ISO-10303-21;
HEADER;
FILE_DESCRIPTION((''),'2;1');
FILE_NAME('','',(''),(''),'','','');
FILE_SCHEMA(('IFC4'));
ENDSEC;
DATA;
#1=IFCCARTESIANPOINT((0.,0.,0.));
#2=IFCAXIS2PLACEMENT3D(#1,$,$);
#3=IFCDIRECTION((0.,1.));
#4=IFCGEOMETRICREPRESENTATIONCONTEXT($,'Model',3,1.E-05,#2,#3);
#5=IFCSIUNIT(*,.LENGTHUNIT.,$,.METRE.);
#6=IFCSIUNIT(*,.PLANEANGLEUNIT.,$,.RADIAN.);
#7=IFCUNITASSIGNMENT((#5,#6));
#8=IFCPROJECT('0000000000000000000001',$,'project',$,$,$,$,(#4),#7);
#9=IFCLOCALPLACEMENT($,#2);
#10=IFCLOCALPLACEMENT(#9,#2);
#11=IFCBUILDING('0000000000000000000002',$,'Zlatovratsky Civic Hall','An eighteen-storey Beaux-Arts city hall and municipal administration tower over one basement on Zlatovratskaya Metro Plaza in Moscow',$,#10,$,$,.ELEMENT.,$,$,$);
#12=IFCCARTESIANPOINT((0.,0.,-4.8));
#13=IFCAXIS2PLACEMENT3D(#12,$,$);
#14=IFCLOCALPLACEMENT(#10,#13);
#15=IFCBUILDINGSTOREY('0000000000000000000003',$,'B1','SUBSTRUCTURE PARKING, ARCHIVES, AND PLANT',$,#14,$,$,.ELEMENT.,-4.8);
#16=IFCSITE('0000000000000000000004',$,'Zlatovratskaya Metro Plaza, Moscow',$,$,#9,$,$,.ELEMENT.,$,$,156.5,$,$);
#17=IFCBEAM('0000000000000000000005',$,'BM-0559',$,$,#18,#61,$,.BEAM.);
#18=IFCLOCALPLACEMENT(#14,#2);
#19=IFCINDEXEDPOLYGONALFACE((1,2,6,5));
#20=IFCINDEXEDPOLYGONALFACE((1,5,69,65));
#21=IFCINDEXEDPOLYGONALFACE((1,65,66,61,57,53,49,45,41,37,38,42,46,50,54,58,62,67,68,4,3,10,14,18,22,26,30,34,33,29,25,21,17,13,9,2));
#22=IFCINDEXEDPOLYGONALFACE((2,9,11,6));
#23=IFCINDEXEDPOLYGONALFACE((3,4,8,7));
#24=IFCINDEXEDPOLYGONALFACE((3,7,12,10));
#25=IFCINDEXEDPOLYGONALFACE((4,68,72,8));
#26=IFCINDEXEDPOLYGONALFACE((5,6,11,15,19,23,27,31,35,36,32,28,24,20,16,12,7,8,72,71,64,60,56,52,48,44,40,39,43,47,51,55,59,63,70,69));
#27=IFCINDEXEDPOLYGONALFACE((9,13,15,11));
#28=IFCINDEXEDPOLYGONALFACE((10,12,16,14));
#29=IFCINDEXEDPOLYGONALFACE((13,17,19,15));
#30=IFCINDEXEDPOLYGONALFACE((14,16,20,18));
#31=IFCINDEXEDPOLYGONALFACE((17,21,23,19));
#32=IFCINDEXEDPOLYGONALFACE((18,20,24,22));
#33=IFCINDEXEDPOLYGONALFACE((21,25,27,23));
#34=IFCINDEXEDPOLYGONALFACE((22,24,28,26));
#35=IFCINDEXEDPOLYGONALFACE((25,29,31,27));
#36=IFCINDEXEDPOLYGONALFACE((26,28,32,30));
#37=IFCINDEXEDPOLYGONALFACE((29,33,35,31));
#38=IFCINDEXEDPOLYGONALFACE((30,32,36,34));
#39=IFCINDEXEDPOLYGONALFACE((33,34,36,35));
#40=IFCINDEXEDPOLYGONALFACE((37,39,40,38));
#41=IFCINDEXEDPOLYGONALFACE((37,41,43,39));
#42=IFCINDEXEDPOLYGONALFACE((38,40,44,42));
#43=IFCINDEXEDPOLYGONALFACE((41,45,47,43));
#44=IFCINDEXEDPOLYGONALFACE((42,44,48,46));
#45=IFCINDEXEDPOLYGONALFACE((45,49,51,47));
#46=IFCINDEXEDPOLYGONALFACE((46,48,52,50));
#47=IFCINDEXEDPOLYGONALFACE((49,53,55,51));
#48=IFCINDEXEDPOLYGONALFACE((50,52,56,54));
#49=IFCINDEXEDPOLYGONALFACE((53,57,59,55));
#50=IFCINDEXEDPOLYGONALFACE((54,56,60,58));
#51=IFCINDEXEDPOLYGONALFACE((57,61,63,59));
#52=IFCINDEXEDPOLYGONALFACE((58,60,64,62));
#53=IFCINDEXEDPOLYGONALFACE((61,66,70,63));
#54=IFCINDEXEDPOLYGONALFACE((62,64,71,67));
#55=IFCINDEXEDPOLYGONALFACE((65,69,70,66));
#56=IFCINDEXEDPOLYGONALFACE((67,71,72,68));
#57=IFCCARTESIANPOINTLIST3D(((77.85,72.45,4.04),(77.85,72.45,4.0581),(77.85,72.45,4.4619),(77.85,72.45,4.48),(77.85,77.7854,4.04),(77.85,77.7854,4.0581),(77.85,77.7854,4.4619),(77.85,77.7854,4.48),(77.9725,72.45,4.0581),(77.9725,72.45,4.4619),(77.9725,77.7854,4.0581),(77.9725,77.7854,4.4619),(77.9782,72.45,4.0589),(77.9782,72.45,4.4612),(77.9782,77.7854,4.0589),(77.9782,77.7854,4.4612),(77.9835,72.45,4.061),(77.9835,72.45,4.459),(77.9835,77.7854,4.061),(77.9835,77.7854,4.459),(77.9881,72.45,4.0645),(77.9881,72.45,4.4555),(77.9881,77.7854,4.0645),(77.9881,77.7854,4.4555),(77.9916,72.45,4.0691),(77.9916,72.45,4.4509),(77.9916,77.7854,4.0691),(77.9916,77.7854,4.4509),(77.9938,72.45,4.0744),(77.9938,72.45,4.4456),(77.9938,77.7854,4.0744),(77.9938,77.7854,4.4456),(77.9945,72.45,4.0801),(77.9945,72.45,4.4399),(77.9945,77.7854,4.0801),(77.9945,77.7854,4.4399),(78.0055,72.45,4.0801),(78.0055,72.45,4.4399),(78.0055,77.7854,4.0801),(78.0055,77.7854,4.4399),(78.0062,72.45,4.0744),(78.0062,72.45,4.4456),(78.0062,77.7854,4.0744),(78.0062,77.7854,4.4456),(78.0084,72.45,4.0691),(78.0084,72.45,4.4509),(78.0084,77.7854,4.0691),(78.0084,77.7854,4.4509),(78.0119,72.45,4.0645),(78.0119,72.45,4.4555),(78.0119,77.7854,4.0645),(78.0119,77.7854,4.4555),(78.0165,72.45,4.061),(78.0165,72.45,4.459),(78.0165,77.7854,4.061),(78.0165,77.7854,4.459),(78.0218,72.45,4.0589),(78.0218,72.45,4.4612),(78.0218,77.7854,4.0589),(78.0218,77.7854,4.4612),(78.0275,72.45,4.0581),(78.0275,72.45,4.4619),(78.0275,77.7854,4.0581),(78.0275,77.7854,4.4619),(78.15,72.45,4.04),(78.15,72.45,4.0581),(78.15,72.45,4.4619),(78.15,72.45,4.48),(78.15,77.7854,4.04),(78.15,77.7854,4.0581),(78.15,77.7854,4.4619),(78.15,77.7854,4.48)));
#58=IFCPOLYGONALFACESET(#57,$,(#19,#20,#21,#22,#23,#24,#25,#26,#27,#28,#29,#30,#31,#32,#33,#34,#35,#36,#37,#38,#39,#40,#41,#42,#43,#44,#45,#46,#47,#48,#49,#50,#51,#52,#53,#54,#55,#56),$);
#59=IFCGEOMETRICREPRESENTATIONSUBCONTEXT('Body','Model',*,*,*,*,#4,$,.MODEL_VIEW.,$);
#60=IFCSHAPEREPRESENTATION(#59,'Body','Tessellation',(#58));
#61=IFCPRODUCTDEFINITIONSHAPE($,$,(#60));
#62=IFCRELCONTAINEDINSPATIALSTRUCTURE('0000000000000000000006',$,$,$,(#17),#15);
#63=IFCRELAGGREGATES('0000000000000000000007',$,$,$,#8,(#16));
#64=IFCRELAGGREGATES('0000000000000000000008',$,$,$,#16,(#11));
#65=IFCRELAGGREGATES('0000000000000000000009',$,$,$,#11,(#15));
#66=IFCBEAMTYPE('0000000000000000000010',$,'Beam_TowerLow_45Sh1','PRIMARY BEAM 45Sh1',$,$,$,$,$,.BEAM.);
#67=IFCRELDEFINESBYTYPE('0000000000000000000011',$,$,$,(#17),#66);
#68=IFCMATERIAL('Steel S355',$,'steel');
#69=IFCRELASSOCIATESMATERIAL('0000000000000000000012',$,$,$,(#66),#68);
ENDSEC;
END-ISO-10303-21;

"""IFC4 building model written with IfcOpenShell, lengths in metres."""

from ifc_helpers import new_model, si_unit, direction, frame, origin, origin_2d, place, context, subcontext, project, spatial, i_section, extrude, material, material_profile, profile_set, type_object, element, save


model = new_model("IFC4")

# Units and contexts
model_context = context("Model", 3, precision=1e-05, world=origin(), true_north=direction((0.0, 1.0)))
body_context = subcontext(model_context, "Body", "Model", "MODEL_VIEW")
ifc_project = project(units=[si_unit("LENGTHUNIT", "METRE"), si_unit("PLANEANGLEUNIT", "RADIAN")], contexts=[model_context])

# Site, building, storey
site_placement = place(None, origin())
site = spatial("IfcSite", under=ifc_project, at=site_placement, Name="Zlatovratskaya Metro Plaza, Moscow", CompositionType="ELEMENT", RefElevation=156.5)
building_placement = place(site_placement, origin())
building = spatial("IfcBuilding", under=site, at=building_placement, Name="Zlatovratsky Civic Hall", Description="An eighteen-storey Beaux-Arts city hall and municipal administration tower over one basement on Zlatovratskaya Metro Plaza in Moscow", CompositionType="ELEMENT")
storey_placement = place(building_placement, frame((0.0, 0.0, -4.8)))
storey = spatial("IfcBuildingStorey", under=building, at=storey_placement, Name="B1", Description="SUBSTRUCTURE PARKING, ARCHIVES, AND PLANT", CompositionType="ELEMENT", Elevation=-4.8)

# Shared definitions
ifc_material_1 = material(Name="Steel S355", Category="steel")

# Beam
ifc_material_profile_1 = material_profile(ifc_material_1, i_section(OverallWidth=0.3, OverallDepth=0.4399, WebThickness=0.011, FlangeThickness=0.0181, FilletRadius=0.022, at=origin_2d()), Name="45Sh1")
ifc_profile_set_1 = profile_set([ifc_material_profile_1], Name="Steel S355")
beam_type = type_object("IfcBeamType", Name="Beam_TowerLow_45Sh1", Description="PRIMARY BEAM 45Sh1", PredefinedType="BEAM", material=ifc_profile_set_1)
beam_1_placement = place(storey_placement, frame((78.0, 72.45, 4.26), z_axis=(0.0, 1.0, 0.0), x_axis=(-1.0, 0.0, 0.0)))
element("IfcBeam", 1, at=beam_1_placement, inside=storey, type_object=beam_type, Name="BM-0559", PredefinedType="BEAM", context=body_context, shape_type="SweptSolid", body=[
    extrude(i_section(OverallWidth=0.3, OverallDepth=0.4399, WebThickness=0.011, FlangeThickness=0.0181, FilletRadius=0.022, at=origin_2d()), origin(), (0.0, 0.0, 1.0), 5.3354),
])

save(model, "model.ifc")
